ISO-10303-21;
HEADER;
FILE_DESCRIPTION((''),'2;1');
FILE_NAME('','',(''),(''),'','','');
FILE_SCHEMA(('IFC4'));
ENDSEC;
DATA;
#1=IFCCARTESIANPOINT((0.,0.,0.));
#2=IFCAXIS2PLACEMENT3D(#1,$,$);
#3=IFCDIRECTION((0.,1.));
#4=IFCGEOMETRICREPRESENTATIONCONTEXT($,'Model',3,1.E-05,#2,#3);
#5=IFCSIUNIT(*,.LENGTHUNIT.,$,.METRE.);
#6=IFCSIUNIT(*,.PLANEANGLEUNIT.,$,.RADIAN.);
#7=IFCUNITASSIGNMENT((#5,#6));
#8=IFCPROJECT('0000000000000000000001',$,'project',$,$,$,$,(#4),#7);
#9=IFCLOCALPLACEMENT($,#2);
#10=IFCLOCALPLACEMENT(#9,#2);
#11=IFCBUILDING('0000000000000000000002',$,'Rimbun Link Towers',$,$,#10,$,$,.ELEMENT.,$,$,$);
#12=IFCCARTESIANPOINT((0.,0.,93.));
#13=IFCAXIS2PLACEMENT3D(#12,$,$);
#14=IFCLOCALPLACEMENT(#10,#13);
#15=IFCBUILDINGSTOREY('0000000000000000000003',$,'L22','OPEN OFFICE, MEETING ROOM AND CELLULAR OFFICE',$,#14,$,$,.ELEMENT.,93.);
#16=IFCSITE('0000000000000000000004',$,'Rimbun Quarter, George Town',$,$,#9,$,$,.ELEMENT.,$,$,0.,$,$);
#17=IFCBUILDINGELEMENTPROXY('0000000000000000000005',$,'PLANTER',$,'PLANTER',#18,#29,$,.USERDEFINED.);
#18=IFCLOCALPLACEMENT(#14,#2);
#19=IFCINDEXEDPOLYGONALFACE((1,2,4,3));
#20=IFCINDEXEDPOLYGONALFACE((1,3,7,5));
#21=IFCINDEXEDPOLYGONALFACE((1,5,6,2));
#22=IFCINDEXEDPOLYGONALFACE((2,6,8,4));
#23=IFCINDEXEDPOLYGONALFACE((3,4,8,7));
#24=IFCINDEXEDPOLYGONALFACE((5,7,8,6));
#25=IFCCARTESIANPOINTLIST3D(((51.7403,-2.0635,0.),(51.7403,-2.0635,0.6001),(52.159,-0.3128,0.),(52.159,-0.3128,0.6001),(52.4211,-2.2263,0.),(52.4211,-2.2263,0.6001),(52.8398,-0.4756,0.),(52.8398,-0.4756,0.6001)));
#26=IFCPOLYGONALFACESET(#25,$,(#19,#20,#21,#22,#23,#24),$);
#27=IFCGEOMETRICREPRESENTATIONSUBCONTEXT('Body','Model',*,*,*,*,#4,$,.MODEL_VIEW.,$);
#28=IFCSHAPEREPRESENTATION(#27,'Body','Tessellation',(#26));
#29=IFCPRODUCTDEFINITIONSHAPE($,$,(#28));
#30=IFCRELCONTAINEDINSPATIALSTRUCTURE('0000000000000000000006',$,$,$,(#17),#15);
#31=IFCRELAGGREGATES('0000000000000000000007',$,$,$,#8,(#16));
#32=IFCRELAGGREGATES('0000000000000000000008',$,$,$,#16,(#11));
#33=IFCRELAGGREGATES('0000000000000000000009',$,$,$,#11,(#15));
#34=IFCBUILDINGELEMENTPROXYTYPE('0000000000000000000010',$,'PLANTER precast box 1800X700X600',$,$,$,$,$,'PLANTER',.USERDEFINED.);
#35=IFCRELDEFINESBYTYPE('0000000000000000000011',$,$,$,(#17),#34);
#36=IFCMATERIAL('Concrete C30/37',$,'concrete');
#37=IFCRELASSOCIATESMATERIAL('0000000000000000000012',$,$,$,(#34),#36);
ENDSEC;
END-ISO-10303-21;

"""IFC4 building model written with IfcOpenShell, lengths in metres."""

from ifc_helpers import new_model, si_unit, direction, frame, origin, origin_2d, place, context, subcontext, project, spatial, rectangle, extrude, material, type_object, element, save


model = new_model("IFC4")

# Units and contexts
model_context = context("Model", 3, precision=1e-05, world=origin(), true_north=direction((0.0, 1.0)))
body_context = subcontext(model_context, "Body", "Model", "MODEL_VIEW")
ifc_project = project(units=[si_unit("LENGTHUNIT", "METRE"), si_unit("PLANEANGLEUNIT", "RADIAN")], contexts=[model_context])

# Site, building, storey
site_placement = place(None, origin())
site = spatial("IfcSite", under=ifc_project, at=site_placement, Name="Rimbun Quarter, George Town", CompositionType="ELEMENT", RefElevation=0.0)
building_placement = place(site_placement, origin())
building = spatial("IfcBuilding", under=site, at=building_placement, Name="Rimbun Link Towers", CompositionType="ELEMENT")
storey_placement = place(building_placement, frame((0.0, 0.0, 93.0)))
storey = spatial("IfcBuildingStorey", under=building, at=storey_placement, Name="L22", Description="OPEN OFFICE, MEETING ROOM AND CELLULAR OFFICE", CompositionType="ELEMENT", Elevation=93.0)

# Building element proxy
ifc_material_1 = material(Name="Concrete C30/37", Category="concrete")
building_element_proxy_type = type_object("IfcBuildingElementProxyType", Name="PLANTER precast box 1800X700X600", ElementType="PLANTER", PredefinedType="USERDEFINED", material=ifc_material_1)
proxy_placement = place(storey_placement, frame((52.29, -1.2695, 0.0), z_axis=(0.0, 0.0, 1.0), x_axis=(0.232601, 0.972572, 0.0)))
element("IfcBuildingElementProxy", 1, at=proxy_placement, inside=storey, type_object=building_element_proxy_type, Name="PLANTER", ObjectType="PLANTER", PredefinedType="USERDEFINED", context=body_context, shape_type="SweptSolid", body=[
    extrude(rectangle(XDim=1.8, YDim=0.7, at=origin_2d()), origin(), (0.0, 0.0, 1.0), 0.6001),
])

save(model, "model.ifc")
